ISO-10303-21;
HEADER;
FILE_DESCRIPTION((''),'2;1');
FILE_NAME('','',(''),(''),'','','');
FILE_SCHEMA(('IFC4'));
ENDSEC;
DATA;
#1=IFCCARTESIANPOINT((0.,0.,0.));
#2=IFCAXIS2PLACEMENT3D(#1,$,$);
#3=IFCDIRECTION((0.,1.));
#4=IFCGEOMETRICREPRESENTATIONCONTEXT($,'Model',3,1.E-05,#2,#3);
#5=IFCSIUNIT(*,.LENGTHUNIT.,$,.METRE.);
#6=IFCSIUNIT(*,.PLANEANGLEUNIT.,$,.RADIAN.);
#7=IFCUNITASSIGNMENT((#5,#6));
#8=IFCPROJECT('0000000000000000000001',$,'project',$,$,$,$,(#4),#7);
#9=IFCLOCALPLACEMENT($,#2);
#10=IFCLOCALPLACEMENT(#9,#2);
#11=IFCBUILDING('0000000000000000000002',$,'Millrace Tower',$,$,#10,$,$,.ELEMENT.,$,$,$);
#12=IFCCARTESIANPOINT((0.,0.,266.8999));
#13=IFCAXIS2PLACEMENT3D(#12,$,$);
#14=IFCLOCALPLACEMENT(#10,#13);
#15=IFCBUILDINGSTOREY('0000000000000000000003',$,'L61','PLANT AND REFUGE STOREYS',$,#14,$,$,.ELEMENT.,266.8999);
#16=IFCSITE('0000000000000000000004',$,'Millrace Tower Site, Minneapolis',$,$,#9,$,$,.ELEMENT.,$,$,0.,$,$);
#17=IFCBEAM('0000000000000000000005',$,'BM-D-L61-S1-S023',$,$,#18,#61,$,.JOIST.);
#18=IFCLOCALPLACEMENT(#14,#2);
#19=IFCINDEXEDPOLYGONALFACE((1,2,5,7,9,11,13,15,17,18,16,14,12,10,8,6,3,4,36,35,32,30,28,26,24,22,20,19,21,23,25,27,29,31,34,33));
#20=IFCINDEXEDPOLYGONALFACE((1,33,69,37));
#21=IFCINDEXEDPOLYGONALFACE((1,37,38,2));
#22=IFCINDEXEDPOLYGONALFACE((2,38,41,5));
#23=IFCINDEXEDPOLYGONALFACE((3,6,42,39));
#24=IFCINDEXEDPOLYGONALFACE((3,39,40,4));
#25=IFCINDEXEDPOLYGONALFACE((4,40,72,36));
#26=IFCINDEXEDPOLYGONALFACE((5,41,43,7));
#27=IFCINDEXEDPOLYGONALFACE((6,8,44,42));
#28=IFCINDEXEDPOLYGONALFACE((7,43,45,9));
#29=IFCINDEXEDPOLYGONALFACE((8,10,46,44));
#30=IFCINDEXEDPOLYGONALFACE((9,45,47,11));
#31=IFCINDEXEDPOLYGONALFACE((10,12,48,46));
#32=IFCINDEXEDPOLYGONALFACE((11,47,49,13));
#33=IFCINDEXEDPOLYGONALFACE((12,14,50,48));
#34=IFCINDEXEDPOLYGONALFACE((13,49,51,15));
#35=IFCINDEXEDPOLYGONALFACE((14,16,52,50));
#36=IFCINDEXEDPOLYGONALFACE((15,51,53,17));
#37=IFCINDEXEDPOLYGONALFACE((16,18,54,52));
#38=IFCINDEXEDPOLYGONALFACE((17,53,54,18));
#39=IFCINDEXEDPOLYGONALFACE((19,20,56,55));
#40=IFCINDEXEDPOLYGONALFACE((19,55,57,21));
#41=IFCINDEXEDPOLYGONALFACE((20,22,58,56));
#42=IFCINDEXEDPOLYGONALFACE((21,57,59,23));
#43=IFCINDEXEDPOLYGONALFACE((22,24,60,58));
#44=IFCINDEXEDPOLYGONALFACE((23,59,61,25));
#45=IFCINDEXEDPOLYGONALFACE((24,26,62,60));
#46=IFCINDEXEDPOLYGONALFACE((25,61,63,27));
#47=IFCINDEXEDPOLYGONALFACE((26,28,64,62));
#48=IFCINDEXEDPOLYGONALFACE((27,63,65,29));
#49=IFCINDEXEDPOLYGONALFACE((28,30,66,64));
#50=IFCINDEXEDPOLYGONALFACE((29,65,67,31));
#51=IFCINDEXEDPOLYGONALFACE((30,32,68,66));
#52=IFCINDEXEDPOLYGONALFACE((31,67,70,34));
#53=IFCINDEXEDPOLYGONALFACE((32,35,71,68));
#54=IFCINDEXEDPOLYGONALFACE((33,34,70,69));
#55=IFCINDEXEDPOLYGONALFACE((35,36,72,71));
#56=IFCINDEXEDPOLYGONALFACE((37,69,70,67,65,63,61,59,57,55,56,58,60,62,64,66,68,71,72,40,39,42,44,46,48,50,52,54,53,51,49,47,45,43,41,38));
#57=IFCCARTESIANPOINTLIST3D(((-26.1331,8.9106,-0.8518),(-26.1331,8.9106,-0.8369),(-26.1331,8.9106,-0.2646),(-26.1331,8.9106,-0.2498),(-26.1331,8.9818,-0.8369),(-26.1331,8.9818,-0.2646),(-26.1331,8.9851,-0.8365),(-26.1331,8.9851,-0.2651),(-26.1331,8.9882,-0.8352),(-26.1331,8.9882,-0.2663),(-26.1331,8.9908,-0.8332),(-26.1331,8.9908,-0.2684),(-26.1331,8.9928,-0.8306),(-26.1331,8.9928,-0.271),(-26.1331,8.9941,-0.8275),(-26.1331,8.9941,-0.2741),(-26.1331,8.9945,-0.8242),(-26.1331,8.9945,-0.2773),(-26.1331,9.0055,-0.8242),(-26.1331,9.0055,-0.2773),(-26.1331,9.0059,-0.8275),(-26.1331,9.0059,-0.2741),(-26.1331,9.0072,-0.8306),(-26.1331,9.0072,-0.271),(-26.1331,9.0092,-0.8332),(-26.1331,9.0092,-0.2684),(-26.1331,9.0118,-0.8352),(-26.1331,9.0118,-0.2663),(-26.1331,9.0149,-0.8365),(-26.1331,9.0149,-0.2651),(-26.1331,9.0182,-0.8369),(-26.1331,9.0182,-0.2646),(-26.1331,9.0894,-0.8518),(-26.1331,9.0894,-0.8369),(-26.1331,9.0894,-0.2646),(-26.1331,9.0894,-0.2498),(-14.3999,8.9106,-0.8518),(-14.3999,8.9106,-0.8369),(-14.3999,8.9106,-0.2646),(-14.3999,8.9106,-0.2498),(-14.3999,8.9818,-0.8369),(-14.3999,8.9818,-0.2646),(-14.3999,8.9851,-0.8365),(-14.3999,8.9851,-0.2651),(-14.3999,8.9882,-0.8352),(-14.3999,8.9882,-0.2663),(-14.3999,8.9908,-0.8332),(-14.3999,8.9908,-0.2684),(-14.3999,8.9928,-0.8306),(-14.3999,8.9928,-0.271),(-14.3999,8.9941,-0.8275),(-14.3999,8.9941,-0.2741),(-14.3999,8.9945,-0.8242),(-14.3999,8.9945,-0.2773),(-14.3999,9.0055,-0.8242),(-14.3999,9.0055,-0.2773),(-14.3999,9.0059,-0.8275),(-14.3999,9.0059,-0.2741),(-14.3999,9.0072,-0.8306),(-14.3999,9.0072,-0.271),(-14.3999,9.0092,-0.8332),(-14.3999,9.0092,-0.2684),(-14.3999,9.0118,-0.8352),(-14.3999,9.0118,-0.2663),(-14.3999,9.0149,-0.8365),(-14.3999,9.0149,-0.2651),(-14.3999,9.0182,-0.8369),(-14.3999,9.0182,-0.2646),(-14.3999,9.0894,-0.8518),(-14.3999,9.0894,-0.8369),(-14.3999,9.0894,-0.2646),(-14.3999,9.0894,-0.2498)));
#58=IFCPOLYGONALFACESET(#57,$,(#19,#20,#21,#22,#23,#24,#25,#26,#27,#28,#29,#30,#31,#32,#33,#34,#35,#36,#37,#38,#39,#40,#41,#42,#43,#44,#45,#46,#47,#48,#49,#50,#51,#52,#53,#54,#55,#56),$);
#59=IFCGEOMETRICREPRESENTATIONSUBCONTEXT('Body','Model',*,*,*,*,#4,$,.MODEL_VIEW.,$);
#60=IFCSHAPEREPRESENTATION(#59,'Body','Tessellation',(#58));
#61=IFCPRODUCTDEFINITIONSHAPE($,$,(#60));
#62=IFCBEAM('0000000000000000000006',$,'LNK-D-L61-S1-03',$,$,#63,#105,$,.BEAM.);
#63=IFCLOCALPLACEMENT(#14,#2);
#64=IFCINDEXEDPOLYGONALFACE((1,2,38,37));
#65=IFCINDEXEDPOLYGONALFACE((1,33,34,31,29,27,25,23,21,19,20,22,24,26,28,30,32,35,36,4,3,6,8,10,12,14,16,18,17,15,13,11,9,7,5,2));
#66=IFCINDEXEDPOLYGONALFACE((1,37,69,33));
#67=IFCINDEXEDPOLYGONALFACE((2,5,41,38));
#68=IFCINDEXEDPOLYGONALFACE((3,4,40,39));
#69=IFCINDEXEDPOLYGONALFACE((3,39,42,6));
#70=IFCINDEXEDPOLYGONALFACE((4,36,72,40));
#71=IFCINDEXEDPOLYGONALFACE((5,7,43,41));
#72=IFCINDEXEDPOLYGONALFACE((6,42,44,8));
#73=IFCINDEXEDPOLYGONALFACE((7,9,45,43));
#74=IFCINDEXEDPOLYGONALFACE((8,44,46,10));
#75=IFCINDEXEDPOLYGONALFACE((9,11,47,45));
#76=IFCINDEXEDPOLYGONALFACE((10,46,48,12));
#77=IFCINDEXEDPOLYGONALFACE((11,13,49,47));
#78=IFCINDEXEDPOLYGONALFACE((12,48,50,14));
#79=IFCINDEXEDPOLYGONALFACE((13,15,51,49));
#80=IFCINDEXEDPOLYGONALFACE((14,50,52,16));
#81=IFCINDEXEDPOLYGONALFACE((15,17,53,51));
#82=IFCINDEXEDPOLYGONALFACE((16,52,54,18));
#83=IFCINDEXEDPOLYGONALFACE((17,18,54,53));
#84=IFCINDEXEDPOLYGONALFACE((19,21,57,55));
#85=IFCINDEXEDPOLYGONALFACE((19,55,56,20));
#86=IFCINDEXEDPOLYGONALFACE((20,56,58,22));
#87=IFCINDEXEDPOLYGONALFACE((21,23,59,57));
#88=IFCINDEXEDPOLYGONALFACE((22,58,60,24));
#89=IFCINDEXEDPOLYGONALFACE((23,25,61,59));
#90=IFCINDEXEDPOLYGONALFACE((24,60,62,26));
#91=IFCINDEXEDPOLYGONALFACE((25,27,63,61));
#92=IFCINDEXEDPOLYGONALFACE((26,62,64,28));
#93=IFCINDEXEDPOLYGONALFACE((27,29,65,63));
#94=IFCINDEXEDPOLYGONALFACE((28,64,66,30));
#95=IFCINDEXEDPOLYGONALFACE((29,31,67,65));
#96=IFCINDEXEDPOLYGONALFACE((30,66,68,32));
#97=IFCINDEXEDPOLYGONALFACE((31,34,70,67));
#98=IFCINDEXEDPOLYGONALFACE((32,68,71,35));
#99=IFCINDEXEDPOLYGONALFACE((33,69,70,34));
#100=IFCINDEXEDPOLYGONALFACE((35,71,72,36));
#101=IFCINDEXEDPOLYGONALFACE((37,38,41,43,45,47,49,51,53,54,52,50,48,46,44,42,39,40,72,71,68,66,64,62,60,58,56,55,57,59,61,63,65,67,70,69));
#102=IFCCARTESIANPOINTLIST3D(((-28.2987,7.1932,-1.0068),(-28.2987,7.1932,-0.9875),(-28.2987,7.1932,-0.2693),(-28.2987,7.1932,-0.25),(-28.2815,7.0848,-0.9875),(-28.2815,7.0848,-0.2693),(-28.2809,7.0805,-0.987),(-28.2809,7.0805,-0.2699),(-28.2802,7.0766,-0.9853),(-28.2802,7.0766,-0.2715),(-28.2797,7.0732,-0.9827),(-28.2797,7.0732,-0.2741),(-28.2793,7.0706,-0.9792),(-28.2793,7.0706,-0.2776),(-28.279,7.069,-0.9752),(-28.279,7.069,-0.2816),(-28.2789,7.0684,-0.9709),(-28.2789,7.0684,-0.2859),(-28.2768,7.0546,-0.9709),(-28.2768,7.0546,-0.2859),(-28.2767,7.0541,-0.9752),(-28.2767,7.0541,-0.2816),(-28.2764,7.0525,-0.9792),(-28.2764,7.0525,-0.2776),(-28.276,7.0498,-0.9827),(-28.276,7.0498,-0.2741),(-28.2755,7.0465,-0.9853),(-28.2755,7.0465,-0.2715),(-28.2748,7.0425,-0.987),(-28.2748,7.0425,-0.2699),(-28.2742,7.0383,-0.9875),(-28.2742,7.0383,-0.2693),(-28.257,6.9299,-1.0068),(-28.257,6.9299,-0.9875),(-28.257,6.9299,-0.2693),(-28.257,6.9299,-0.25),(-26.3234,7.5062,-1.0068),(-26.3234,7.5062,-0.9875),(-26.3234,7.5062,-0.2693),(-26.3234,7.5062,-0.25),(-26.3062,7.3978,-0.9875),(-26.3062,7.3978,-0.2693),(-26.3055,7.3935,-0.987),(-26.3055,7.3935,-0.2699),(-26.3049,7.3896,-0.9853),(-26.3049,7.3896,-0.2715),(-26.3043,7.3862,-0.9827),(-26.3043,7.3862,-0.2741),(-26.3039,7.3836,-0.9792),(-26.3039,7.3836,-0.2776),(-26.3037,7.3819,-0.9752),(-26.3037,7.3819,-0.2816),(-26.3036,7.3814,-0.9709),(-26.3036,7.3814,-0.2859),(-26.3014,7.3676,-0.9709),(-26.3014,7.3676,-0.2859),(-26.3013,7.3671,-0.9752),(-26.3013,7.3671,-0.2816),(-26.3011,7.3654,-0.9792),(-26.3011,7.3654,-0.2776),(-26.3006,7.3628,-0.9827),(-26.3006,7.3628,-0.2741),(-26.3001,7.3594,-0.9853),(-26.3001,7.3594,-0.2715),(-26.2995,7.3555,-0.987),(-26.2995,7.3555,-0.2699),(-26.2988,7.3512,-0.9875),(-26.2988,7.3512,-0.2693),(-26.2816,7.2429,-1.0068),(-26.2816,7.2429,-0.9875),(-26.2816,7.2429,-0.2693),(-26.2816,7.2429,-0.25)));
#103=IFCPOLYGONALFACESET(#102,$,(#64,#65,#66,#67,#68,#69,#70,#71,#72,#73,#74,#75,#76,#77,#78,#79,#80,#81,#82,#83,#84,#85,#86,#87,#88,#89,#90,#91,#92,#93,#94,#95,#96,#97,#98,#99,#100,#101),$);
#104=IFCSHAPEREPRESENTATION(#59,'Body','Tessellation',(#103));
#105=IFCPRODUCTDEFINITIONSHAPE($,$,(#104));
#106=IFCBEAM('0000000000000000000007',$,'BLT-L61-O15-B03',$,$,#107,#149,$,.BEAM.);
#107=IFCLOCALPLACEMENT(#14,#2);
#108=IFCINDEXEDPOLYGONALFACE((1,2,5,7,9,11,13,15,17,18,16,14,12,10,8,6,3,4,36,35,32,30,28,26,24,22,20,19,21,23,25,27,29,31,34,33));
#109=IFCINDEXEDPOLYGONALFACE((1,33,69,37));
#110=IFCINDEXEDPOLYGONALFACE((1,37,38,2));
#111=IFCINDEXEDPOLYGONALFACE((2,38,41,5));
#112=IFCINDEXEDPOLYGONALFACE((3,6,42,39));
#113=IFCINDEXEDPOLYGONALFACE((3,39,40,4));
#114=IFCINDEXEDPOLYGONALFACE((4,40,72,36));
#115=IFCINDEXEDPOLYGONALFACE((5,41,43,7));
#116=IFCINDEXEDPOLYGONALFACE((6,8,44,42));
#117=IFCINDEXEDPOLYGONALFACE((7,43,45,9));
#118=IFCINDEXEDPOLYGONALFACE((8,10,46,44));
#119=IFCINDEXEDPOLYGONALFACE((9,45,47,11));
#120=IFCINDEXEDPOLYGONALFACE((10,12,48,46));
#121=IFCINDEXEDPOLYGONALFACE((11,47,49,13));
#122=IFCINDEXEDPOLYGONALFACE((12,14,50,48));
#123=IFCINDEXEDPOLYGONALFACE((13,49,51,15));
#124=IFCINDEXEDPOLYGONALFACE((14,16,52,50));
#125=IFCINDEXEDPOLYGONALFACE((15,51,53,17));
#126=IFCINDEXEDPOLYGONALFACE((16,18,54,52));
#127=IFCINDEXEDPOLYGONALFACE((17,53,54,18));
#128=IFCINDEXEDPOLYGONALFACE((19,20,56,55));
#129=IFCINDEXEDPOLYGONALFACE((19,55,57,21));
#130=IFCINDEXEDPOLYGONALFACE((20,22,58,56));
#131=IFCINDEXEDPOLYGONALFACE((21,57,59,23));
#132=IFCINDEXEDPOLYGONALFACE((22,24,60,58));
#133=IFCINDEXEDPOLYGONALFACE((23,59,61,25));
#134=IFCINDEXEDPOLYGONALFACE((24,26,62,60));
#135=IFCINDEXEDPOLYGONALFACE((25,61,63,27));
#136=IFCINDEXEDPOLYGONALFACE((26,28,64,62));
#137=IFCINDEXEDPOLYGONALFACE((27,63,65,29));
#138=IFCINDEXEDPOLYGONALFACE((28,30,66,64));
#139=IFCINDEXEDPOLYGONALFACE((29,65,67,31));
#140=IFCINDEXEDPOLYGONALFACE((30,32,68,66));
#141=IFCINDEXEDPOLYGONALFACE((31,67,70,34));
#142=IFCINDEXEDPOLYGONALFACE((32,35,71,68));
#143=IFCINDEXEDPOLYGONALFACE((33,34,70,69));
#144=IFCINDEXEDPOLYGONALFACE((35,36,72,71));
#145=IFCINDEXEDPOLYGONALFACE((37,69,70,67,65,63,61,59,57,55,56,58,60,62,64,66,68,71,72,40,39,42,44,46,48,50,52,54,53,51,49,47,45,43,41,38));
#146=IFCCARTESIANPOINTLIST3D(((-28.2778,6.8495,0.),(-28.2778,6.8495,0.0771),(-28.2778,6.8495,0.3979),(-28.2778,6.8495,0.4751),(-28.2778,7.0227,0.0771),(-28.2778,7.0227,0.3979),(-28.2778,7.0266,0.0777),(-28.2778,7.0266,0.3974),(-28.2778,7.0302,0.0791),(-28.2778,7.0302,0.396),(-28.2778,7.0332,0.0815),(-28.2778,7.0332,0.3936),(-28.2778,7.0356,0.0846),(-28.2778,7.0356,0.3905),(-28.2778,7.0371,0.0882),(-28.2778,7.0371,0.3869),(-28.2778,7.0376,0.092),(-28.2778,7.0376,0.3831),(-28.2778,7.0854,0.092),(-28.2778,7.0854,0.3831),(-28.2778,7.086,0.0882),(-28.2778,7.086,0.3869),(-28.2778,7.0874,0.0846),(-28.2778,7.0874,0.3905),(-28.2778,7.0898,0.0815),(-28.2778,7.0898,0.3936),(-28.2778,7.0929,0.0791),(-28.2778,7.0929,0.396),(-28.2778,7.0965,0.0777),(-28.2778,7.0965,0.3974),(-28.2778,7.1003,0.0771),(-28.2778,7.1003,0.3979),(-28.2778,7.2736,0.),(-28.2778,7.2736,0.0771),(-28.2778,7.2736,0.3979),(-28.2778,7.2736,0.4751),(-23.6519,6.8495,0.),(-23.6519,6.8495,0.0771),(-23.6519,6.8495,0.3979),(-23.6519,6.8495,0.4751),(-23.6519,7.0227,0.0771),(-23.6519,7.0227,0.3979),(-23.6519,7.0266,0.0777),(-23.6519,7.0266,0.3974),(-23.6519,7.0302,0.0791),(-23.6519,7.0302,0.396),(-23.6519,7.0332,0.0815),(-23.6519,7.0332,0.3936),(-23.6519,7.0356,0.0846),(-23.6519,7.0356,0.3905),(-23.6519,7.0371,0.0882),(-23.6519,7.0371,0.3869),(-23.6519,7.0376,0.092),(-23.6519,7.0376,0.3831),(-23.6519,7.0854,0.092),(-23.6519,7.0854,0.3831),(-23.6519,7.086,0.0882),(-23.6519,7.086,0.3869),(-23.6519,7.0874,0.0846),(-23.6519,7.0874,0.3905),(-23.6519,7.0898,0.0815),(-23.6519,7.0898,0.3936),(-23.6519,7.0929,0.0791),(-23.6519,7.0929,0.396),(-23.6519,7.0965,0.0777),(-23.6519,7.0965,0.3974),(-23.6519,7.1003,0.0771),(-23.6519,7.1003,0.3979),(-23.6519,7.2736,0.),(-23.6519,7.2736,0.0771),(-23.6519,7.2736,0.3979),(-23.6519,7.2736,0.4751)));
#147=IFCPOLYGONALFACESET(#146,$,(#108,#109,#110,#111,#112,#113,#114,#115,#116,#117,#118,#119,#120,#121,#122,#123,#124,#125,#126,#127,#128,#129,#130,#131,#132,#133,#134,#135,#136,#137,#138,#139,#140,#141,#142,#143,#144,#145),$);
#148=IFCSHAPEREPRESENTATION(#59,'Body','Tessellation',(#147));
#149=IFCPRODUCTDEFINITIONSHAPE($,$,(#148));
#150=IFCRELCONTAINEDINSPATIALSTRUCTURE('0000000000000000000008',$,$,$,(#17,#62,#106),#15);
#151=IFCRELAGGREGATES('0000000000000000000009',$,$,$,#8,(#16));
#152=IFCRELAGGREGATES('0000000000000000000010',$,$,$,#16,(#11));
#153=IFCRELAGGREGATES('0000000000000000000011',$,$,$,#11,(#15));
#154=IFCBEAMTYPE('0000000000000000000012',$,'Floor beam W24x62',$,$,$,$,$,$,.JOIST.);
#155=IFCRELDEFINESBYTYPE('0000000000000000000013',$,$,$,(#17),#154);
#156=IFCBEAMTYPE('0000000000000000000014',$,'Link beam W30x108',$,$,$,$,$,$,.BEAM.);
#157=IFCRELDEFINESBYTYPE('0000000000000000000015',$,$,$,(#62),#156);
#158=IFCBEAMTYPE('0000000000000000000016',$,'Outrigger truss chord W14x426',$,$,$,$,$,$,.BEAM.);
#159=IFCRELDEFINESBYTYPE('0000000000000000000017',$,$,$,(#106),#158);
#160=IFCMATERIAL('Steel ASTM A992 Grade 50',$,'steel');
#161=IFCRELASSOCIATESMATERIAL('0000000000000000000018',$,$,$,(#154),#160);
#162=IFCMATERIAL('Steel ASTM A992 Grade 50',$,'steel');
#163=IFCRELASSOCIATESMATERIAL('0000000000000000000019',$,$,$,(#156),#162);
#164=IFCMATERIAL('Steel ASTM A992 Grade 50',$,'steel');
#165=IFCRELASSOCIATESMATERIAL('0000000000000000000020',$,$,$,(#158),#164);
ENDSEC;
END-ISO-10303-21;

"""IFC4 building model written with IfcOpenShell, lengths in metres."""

from ifc_helpers import new_model, si_unit, direction, frame, origin, origin_2d, place, context, subcontext, project, spatial, i_section, extrude, material, material_profile, profile_set, type_object, element, save


model = new_model("IFC4")

# Units and contexts
model_context = context("Model", 3, precision=1e-05, world=origin(), true_north=direction((0.0, 1.0)))
body_context = subcontext(model_context, "Body", "Model", "MODEL_VIEW")
ifc_project = project(units=[si_unit("LENGTHUNIT", "METRE"), si_unit("PLANEANGLEUNIT", "RADIAN")], contexts=[model_context])

# Site, building, storey
site_placement = place(None, origin())
site = spatial("IfcSite", under=ifc_project, at=site_placement, Name="Millrace Tower Site, Minneapolis", CompositionType="ELEMENT", RefElevation=0.0)
building_placement = place(site_placement, origin())
building = spatial("IfcBuilding", under=site, at=building_placement, Name="Millrace Tower", CompositionType="ELEMENT")
storey_placement = place(building_placement, frame((0.0, 0.0, 266.8999)))
storey = spatial("IfcBuildingStorey", under=building, at=storey_placement, Name="L61", Description="PLANT AND REFUGE STOREYS", CompositionType="ELEMENT", Elevation=266.8999)

# Beams
ifc_material_1 = material(Name="Steel ASTM A992 Grade 50", Category="steel")
ifc_material_profile_1 = material_profile(ifc_material_1, i_section(OverallWidth=0.1787, OverallDepth=0.6021, WebThickness=0.011, FlangeThickness=0.0149, FilletRadius=0.0127, at=origin_2d()))
ifc_profile_set_1 = profile_set([ifc_material_profile_1], Name="Steel ASTM A992 Grade 50")
beam_type_1 = type_object("IfcBeamType", Name="Floor beam W24x62", PredefinedType="JOIST", material=ifc_profile_set_1)
beam_1_placement = place(storey_placement, frame((-26.1331, 9.0, -0.5508), z_axis=(1.0, 0.0, 0.0), x_axis=(0.0, 1.0, 0.0)))
element("IfcBeam", 1, at=beam_1_placement, inside=storey, type_object=beam_type_1, Name="BM-D-L61-S1-S023", PredefinedType="JOIST", context=body_context, shape_type="SweptSolid", body=[
    extrude(i_section(OverallWidth=0.1787, OverallDepth=0.6021, WebThickness=0.011, FlangeThickness=0.0149, FilletRadius=0.0127, at=origin_2d()), origin(), (0.0, 0.0, 1.0), 11.7332),
])
ifc_material_2 = material(Name="Steel ASTM A992 Grade 50", Category="steel")
ifc_material_profile_2 = material_profile(ifc_material_2, i_section(OverallWidth=0.2666, OverallDepth=0.7568, WebThickness=0.0139, FlangeThickness=0.0193, FilletRadius=0.0166, at=origin_2d()))
ifc_profile_set_2 = profile_set([ifc_material_profile_2], Name="Steel ASTM A992 Grade 50")
beam_type_2 = type_object("IfcBeamType", Name="Link beam W30x108", PredefinedType="BEAM", material=ifc_profile_set_2)
beam_2_placement = place(storey_placement, frame((-26.3025, 7.3745, -0.6284), z_axis=(-0.987679, -0.156495, 0.0), x_axis=(0.156495, -0.987679, 0.0)))
element("IfcBeam", 2, at=beam_2_placement, inside=storey, type_object=beam_type_2, Name="LNK-D-L61-S1-03", PredefinedType="BEAM", context=body_context, shape_type="SweptSolid", body=[
    extrude(i_section(OverallWidth=0.2666, OverallDepth=0.7568, WebThickness=0.0139, FlangeThickness=0.0193, FilletRadius=0.0166, at=origin_2d()), origin(), (0.0, 0.0, 1.0), 2.0),
])
ifc_material_3 = material(Name="Steel ASTM A992 Grade 50", Category="steel")
ifc_material_profile_3 = material_profile(ifc_material_3, i_section(OverallWidth=0.4241, OverallDepth=0.4751, WebThickness=0.0479, FlangeThickness=0.0771, FilletRadius=0.0149, at=origin_2d()))
ifc_profile_set_3 = profile_set([ifc_material_profile_3], Name="Steel ASTM A992 Grade 50")
beam_type_3 = type_object("IfcBeamType", Name="Outrigger truss chord W14x426", PredefinedType="BEAM", material=ifc_profile_set_3)
beam_3_placement = place(storey_placement, frame((-23.6519, 7.0615, 0.2375), z_axis=(-1.0, 0.0, 0.0), x_axis=(0.0, -1.0, 0.0)))
element("IfcBeam", 3, at=beam_3_placement, inside=storey, type_object=beam_type_3, Name="BLT-L61-O15-B03", PredefinedType="BEAM", context=body_context, shape_type="SweptSolid", body=[
    extrude(i_section(OverallWidth=0.4241, OverallDepth=0.4751, WebThickness=0.0479, FlangeThickness=0.0771, FilletRadius=0.0149, at=origin_2d()), origin(), (0.0, 0.0, 1.0), 4.626),
])

save(model, "model.ifc")
